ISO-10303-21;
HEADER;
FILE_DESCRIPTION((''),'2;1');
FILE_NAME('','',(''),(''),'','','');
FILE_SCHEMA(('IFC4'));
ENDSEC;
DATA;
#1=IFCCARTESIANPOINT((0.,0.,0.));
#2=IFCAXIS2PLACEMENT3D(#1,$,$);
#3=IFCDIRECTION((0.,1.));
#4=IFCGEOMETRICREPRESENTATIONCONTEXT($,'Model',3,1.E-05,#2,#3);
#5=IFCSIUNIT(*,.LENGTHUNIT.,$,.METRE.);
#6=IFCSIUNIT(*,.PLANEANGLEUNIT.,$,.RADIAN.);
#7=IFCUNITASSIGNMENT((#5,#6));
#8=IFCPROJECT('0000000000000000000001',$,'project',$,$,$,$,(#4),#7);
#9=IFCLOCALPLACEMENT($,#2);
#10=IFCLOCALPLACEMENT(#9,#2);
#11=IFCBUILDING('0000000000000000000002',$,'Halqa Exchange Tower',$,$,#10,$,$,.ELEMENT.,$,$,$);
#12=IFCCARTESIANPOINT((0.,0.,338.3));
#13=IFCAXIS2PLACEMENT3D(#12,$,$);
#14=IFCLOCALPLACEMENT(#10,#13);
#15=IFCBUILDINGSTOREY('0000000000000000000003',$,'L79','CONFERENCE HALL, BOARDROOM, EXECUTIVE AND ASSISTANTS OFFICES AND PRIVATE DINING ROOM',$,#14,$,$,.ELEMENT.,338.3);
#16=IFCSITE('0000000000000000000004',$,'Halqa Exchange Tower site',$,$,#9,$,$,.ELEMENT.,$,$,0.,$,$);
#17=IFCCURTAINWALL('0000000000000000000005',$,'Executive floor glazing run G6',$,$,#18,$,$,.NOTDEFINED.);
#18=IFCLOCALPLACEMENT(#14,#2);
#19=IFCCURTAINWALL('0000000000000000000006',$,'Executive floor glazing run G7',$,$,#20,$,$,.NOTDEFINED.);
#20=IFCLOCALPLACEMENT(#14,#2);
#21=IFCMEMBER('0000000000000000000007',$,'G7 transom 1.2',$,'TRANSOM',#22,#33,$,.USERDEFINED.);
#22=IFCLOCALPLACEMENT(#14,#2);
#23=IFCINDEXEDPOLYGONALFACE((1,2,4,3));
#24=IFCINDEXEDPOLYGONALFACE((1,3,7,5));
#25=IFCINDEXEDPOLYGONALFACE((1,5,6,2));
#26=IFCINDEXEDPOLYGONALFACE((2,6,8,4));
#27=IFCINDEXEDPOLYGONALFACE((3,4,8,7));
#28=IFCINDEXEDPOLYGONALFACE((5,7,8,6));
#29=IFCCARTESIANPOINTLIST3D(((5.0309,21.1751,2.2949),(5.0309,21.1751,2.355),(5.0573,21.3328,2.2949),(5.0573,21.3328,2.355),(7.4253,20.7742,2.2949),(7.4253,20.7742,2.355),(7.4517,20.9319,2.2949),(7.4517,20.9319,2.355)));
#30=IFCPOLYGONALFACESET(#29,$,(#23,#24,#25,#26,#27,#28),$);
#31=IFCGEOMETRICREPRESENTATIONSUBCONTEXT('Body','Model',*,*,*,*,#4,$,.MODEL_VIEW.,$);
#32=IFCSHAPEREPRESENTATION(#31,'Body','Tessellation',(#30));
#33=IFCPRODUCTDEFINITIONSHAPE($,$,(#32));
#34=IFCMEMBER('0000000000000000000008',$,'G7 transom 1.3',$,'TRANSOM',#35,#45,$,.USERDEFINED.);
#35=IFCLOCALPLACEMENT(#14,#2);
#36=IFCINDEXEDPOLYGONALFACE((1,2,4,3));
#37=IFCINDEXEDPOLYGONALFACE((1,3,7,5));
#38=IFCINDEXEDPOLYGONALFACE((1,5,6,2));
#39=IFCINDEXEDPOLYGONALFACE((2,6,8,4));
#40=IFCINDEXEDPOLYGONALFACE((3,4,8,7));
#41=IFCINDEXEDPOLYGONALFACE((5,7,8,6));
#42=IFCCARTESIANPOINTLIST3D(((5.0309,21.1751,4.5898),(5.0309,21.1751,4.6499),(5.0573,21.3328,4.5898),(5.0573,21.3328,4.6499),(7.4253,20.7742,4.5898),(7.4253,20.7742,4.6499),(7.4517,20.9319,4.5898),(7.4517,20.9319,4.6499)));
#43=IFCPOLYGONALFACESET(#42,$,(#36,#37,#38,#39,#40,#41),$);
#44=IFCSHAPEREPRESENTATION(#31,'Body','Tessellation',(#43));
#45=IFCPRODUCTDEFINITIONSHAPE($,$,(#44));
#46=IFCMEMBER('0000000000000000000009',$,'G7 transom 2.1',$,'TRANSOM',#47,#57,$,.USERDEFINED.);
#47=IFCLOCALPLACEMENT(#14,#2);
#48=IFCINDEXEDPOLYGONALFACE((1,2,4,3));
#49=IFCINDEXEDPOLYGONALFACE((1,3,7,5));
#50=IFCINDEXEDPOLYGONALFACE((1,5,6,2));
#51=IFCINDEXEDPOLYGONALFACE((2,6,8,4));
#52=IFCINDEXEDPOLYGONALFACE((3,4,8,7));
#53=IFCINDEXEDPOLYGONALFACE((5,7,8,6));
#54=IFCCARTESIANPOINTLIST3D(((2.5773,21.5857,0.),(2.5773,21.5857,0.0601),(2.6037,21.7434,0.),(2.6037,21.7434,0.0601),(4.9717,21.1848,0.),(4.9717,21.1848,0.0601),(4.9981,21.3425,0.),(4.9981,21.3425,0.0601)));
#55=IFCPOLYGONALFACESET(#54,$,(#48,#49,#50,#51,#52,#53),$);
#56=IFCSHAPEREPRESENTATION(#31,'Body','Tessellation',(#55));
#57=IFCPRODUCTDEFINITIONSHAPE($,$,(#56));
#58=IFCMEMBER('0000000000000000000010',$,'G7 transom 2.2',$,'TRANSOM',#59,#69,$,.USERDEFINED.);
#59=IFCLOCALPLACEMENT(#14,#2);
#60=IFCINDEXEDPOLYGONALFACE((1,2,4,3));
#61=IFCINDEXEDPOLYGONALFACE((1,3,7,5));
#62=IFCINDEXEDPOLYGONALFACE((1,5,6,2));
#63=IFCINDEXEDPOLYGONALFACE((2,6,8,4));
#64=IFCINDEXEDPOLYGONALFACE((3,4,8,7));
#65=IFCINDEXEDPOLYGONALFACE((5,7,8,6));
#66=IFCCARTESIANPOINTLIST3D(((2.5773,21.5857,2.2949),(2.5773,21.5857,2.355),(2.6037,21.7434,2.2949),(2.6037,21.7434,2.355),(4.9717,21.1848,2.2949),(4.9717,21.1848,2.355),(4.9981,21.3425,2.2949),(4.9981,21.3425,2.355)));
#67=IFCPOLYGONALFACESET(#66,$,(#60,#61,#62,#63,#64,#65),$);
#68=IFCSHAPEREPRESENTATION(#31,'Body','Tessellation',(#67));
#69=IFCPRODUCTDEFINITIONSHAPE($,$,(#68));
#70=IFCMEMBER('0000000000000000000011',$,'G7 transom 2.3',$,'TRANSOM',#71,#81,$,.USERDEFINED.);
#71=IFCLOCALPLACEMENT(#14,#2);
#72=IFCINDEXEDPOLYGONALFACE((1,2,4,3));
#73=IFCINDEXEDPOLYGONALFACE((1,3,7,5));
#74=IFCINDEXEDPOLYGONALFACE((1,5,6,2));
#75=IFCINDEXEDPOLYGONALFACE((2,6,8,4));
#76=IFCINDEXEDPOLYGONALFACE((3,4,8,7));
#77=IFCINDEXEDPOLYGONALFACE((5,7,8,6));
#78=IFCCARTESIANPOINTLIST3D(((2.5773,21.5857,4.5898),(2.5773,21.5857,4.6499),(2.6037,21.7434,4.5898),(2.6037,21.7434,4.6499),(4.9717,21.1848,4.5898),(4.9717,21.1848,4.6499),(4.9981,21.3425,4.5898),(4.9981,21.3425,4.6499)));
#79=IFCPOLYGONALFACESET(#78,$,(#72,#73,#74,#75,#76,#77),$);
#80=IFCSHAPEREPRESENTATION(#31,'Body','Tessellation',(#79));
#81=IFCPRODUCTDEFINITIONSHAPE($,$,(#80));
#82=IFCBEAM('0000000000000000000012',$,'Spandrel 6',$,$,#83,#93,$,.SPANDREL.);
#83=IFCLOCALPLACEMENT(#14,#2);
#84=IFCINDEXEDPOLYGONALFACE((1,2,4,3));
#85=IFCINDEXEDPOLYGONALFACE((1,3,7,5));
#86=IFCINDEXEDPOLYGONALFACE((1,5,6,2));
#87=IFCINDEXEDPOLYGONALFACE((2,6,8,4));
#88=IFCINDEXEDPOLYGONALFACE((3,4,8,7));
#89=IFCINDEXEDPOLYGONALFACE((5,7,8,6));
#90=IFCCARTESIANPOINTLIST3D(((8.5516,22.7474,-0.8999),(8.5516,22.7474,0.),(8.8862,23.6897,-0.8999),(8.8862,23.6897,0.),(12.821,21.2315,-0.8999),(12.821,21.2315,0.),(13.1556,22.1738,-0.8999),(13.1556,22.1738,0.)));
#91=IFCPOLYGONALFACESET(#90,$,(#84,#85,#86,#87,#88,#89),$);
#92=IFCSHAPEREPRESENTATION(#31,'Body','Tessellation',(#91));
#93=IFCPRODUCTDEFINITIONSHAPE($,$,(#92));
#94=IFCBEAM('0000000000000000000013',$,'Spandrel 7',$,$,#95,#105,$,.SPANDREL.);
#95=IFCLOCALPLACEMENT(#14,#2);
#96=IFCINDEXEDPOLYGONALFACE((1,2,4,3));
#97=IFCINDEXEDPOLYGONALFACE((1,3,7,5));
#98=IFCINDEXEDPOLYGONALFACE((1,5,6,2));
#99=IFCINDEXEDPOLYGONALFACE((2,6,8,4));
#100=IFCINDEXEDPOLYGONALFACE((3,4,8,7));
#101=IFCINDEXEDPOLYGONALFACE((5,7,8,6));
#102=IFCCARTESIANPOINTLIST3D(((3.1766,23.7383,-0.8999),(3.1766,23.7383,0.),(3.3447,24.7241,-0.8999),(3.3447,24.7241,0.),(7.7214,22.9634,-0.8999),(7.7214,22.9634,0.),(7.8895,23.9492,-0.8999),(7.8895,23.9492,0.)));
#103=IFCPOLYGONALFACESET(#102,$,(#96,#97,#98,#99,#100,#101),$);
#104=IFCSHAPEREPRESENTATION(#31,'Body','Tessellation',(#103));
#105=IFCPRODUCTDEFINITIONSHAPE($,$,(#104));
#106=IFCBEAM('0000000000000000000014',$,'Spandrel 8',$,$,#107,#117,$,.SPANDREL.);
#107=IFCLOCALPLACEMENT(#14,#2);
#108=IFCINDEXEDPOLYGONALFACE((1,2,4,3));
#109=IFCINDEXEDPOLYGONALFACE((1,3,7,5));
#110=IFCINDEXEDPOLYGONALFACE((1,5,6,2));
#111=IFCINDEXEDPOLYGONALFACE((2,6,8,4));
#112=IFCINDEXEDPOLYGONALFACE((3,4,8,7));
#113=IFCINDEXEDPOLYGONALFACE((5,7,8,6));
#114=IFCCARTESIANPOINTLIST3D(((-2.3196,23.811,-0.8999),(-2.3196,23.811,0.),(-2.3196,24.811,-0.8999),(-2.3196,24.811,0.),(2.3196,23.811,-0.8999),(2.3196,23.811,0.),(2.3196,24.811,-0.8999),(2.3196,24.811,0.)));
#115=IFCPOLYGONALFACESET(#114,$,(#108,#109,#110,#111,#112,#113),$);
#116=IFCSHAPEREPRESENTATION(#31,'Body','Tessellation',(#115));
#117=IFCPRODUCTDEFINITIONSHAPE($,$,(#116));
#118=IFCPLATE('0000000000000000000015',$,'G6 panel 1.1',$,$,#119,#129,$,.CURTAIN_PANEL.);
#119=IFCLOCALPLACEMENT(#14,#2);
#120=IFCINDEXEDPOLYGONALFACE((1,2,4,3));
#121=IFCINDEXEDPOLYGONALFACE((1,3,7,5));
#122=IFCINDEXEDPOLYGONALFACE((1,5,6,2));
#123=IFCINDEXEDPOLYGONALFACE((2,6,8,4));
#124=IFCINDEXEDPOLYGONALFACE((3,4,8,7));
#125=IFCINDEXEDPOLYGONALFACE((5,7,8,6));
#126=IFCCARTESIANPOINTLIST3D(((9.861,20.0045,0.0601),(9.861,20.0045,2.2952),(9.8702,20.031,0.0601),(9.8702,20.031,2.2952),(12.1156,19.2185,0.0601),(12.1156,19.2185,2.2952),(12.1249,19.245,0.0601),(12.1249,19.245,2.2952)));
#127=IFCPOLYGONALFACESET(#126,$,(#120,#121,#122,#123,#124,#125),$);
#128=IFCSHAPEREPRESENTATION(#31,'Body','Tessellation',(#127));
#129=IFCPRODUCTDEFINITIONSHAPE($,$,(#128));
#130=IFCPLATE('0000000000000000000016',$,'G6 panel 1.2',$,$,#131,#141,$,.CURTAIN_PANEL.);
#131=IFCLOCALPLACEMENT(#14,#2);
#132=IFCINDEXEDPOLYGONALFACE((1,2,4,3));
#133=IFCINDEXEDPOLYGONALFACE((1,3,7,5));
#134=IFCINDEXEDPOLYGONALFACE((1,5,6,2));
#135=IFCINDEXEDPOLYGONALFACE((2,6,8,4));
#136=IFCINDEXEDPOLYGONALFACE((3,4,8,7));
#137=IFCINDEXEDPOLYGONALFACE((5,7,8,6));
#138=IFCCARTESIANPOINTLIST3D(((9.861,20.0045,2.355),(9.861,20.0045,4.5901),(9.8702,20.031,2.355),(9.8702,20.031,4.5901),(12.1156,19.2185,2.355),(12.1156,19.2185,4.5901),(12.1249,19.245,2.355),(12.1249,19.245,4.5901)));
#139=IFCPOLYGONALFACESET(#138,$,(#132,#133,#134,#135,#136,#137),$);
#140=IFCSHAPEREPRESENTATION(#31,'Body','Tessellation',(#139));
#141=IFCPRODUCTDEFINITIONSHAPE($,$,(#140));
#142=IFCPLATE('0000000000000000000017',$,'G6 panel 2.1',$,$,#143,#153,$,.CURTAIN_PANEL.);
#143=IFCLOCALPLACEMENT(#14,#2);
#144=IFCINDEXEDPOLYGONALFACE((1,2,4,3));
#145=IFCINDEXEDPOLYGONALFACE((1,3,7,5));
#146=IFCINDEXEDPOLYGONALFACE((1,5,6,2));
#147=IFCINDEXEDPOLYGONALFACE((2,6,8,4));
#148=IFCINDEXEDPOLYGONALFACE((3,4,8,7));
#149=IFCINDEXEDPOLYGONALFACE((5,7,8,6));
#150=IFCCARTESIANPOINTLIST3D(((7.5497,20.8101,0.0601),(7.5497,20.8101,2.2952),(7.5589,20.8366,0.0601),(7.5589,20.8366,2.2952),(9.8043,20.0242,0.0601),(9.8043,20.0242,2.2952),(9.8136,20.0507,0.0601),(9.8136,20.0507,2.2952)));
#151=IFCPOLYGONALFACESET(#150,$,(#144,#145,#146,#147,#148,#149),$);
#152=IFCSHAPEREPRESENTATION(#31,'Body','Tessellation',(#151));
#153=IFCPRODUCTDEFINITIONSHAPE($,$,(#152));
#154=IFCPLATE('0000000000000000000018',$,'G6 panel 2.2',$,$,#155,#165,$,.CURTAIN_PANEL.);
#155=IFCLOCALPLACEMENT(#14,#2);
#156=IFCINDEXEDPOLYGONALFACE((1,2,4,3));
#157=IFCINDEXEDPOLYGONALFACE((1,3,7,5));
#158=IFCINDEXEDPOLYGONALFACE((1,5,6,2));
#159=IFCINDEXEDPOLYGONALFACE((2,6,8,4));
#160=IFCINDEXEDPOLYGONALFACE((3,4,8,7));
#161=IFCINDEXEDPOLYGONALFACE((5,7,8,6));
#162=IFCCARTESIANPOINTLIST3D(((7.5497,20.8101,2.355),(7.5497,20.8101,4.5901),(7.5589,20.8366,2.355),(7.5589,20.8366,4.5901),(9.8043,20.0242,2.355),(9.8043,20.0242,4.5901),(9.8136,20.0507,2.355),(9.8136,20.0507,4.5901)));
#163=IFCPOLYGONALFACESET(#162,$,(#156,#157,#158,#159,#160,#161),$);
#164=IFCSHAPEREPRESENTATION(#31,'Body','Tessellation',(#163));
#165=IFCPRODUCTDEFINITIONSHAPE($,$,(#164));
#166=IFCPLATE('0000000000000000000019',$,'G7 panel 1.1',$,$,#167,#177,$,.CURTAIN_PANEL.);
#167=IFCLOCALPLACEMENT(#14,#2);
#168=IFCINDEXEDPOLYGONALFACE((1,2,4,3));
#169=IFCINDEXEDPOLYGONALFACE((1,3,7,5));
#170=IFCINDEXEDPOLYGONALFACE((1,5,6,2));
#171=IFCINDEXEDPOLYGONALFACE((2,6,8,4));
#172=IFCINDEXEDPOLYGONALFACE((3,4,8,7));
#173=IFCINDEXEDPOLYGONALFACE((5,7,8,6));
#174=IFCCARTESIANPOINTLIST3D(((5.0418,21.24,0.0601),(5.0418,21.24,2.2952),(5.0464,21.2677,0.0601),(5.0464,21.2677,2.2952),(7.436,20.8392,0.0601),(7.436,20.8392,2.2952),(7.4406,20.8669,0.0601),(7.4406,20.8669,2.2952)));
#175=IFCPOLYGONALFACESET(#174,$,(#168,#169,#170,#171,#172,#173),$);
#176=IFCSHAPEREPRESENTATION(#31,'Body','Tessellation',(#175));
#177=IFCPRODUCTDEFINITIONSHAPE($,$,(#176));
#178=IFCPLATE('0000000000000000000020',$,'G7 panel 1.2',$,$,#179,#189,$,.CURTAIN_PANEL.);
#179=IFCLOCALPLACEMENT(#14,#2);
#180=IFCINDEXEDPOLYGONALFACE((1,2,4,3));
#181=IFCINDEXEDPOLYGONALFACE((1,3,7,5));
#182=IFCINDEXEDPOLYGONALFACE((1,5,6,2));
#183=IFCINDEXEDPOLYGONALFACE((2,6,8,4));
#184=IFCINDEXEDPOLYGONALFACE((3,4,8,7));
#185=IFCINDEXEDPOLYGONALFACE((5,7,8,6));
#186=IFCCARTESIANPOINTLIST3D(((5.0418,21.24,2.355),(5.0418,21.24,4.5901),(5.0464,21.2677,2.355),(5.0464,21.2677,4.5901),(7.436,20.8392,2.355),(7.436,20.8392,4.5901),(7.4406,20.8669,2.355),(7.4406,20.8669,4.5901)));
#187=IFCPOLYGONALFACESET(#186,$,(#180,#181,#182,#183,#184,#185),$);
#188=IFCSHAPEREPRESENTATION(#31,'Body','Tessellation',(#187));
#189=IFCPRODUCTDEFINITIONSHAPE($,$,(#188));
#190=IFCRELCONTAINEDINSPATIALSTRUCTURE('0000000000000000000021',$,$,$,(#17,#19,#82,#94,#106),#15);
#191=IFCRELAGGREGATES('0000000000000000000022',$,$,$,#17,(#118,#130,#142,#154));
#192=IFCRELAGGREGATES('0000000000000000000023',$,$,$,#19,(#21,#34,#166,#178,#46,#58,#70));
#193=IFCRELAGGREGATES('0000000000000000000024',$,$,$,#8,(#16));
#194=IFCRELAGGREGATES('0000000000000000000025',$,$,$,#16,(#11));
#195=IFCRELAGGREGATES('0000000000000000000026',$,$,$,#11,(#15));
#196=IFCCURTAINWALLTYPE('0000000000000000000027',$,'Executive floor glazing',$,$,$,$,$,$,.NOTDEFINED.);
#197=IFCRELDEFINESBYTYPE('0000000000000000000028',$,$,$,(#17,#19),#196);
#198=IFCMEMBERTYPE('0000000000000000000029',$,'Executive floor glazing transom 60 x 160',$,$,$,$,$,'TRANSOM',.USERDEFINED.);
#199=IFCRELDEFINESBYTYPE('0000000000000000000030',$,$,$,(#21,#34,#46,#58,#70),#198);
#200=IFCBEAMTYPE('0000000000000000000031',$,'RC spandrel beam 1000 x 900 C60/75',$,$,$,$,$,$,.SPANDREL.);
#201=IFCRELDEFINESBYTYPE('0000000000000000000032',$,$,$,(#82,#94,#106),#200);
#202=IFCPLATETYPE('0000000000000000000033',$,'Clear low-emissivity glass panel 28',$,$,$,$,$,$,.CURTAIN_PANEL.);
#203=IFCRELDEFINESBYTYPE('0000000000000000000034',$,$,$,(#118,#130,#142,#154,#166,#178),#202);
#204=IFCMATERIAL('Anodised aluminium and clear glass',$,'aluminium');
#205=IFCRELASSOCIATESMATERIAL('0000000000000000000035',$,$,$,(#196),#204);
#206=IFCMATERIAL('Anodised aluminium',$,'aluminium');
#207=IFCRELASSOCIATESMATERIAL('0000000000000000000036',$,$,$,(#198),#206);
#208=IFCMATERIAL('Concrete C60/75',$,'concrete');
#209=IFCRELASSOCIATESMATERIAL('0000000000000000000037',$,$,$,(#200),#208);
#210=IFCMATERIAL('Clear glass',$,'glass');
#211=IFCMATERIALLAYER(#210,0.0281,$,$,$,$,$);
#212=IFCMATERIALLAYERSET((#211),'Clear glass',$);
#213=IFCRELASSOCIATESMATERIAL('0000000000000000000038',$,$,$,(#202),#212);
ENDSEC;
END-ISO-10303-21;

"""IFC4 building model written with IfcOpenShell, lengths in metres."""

from ifc_helpers import new_model, si_unit, direction, frame, origin, origin_2d, place, context, subcontext, project, spatial, rectangle, extrude, material, layer, layer_set, material_profile, profile_set, type_object, element, aggregate, save


model = new_model("IFC4")

# Units and contexts
model_context = context("Model", 3, precision=1e-05, world=origin(), true_north=direction((0.0, 1.0)))
body_context = subcontext(model_context, "Body", "Model", "MODEL_VIEW")
ifc_project = project(units=[si_unit("LENGTHUNIT", "METRE"), si_unit("PLANEANGLEUNIT", "RADIAN")], contexts=[model_context])

# Site, building, storey
site_placement = place(None, origin())
site = spatial("IfcSite", under=ifc_project, at=site_placement, Name="Halqa Exchange Tower site", CompositionType="ELEMENT", RefElevation=0.0)
building_placement = place(site_placement, origin())
building = spatial("IfcBuilding", under=site, at=building_placement, Name="Halqa Exchange Tower", CompositionType="ELEMENT")
storey_placement = place(building_placement, frame((0.0, 0.0, 338.3)))
storey = spatial("IfcBuildingStorey", under=building, at=storey_placement, Name="L79", Description="CONFERENCE HALL, BOARDROOM, EXECUTIVE AND ASSISTANTS OFFICES AND PRIVATE DINING ROOM", CompositionType="ELEMENT", Elevation=338.3)

# Curtain walls
ifc_material_1 = material(Name="Anodised aluminium and clear glass", Category="aluminium")
curtain_wall_type = type_object("IfcCurtainWallType", Name="Executive floor glazing", PredefinedType="NOTDEFINED", material=ifc_material_1)
curtain_wall_1_placement = place(storey_placement, origin())
curtain_wall_1 = element("IfcCurtainWall", 1, at=curtain_wall_1_placement, inside=storey, type_object=curtain_wall_type, Name="Executive floor glazing run G6", PredefinedType="NOTDEFINED")
ifc_material_2 = material(Name="Anodised aluminium", Category="aluminium")
curtain_wall_2_placement = place(storey_placement, origin())
curtain_wall_2 = element("IfcCurtainWall", 2, at=curtain_wall_2_placement, inside=storey, type_object=curtain_wall_type, Name="Executive floor glazing run G7", PredefinedType="NOTDEFINED")

# Members
ifc_material_profile_1 = material_profile(ifc_material_2, rectangle(XDim=0.1599, YDim=0.0601, at=origin_2d()), Name="AL 60x160")
ifc_profile_set_1 = profile_set([ifc_material_profile_1], Name="Anodised aluminium")
member_type_1 = type_object("IfcMemberType", Name="Executive floor glazing transom 60 x 160", ElementType="TRANSOM", PredefinedType="USERDEFINED", material=ifc_profile_set_1)
member_1_placement = place(storey_placement, frame((7.4385, 20.853, 2.325), z_axis=(-0.986271, 0.165133, 0.0), x_axis=(-0.165133, -0.986271, 0.0)))
member_1 = element("IfcMember", 3, at=member_1_placement, type_object=member_type_1, Name="G7 transom 1.2", ObjectType="TRANSOM", PredefinedType="USERDEFINED", context=body_context, shape_type="SweptSolid", body=[
    extrude(rectangle(XDim=0.1599, YDim=0.0601, at=origin_2d()), origin(), (0.0, 0.0, 1.0), 2.4277),
])
member_2_placement = place(storey_placement, frame((7.4385, 20.853, 4.6199), z_axis=(-0.986271, 0.165133, 0.0), x_axis=(-0.165133, -0.986271, 0.0)))
member_2 = element("IfcMember", 4, at=member_2_placement, type_object=member_type_1, Name="G7 transom 1.3", ObjectType="TRANSOM", PredefinedType="USERDEFINED", context=body_context, shape_type="SweptSolid", body=[
    extrude(rectangle(XDim=0.1599, YDim=0.0601, at=origin_2d()), origin(), (0.0, 0.0, 1.0), 2.4277),
])
member_3_placement = place(storey_placement, frame((4.9849, 21.2637, 0.03), z_axis=(-0.986271, 0.165133, 0.0), x_axis=(-0.165133, -0.986271, 0.0)))
member_3 = element("IfcMember", 5, at=member_3_placement, type_object=member_type_1, Name="G7 transom 2.1", ObjectType="TRANSOM", PredefinedType="USERDEFINED", context=body_context, shape_type="SweptSolid", body=[
    extrude(rectangle(XDim=0.1599, YDim=0.0601, at=origin_2d()), origin(), (0.0, 0.0, 1.0), 2.4277),
])
member_4_placement = place(storey_placement, frame((4.9849, 21.2637, 2.325), z_axis=(-0.986271, 0.165133, 0.0), x_axis=(-0.165133, -0.986271, 0.0)))
member_4 = element("IfcMember", 6, at=member_4_placement, type_object=member_type_1, Name="G7 transom 2.2", ObjectType="TRANSOM", PredefinedType="USERDEFINED", context=body_context, shape_type="SweptSolid", body=[
    extrude(rectangle(XDim=0.1599, YDim=0.0601, at=origin_2d()), origin(), (0.0, 0.0, 1.0), 2.4277),
])
member_5_placement = place(storey_placement, frame((4.9849, 21.2637, 4.6199), z_axis=(-0.986271, 0.165133, 0.0), x_axis=(-0.165133, -0.986271, 0.0)))
member_5 = element("IfcMember", 7, at=member_5_placement, type_object=member_type_1, Name="G7 transom 2.3", ObjectType="TRANSOM", PredefinedType="USERDEFINED", context=body_context, shape_type="SweptSolid", body=[
    extrude(rectangle(XDim=0.1599, YDim=0.0601, at=origin_2d()), origin(), (0.0, 0.0, 1.0), 2.4277),
])

# Beams
ifc_material_3 = material(Name="Concrete C60/75", Category="concrete")
ifc_material_profile_2 = material_profile(ifc_material_3, rectangle(XDim=1.0, YDim=0.8999, at=origin_2d()), Name="1000 x 900")
ifc_profile_set_2 = profile_set([ifc_material_profile_2], Name="Concrete C60/75")
beam_type = type_object("IfcBeamType", Name="RC spandrel beam 1000 x 900 C60/75", PredefinedType="SPANDREL", material=ifc_profile_set_2)
beam_1_placement = place(storey_placement, frame((12.9883, 21.7026, -0.45), z_axis=(-0.942361, 0.334598, 0.0), x_axis=(-0.334598, -0.942361, 0.0)))
element("IfcBeam", 8, at=beam_1_placement, inside=storey, type_object=beam_type, Name="Spandrel 6", PredefinedType="SPANDREL", context=body_context, shape_type="SweptSolid", body=[
    extrude(rectangle(XDim=1.0, YDim=0.8999, at=origin_2d()), origin(), (0.0, 0.0, 1.0), 4.5305),
])
beam_2_placement = place(storey_placement, frame((7.8054, 23.4563, -0.45), z_axis=(-0.985773, 0.168082, 0.0), x_axis=(-0.168082, -0.985773, 0.0)))
element("IfcBeam", 9, at=beam_2_placement, inside=storey, type_object=beam_type, Name="Spandrel 7", PredefinedType="SPANDREL", context=body_context, shape_type="SweptSolid", body=[
    extrude(rectangle(XDim=1.0, YDim=0.8999, at=origin_2d()), origin(), (0.0, 0.0, 1.0), 4.6104),
])
beam_3_placement = place(storey_placement, frame((2.3196, 24.311, -0.45), z_axis=(-1.0, 0.0, 0.0), x_axis=(0.0, -1.0, 0.0)))
element("IfcBeam", 10, at=beam_3_placement, inside=storey, type_object=beam_type, Name="Spandrel 8", PredefinedType="SPANDREL", context=body_context, shape_type="SweptSolid", body=[
    extrude(rectangle(XDim=1.0, YDim=0.8999, at=origin_2d()), origin(), (0.0, 0.0, 1.0), 4.6392),
])

# Plates
ifc_material_4 = material(Name="Clear glass", Category="glass")
ifc_layer_1 = layer(ifc_material_4, 0.0281)
ifc_layer_set_1 = layer_set([ifc_layer_1], Name="Clear glass")
plate_type = type_object("IfcPlateType", Name="Clear low-emissivity glass panel 28", PredefinedType="CURTAIN_PANEL", material=ifc_layer_set_1)
plate_1_placement = place(storey_placement, frame((10.9929, 19.6248, 0.0601), z_axis=(0.0, 0.0, 1.0), x_axis=(-0.944274, 0.32916, 0.0)))
plate_1 = element("IfcPlate", 11, at=plate_1_placement, type_object=plate_type, Name="G6 panel 1.1", PredefinedType="CURTAIN_PANEL", context=body_context, shape_type="SweptSolid", body=[
    extrude(rectangle(XDim=2.3877, YDim=0.0281, at=origin_2d()), origin(), (0.0, 0.0, 1.0), 2.2351),
])
plate_2_placement = place(storey_placement, frame((10.9929, 19.6248, 2.355), z_axis=(0.0, 0.0, 1.0), x_axis=(-0.944274, 0.32916, 0.0)))
plate_2 = element("IfcPlate", 12, at=plate_2_placement, type_object=plate_type, Name="G6 panel 1.2", PredefinedType="CURTAIN_PANEL", context=body_context, shape_type="SweptSolid", body=[
    extrude(rectangle(XDim=2.3877, YDim=0.0281, at=origin_2d()), origin(), (0.0, 0.0, 1.0), 2.2351),
])
plate_3_placement = place(storey_placement, frame((8.6816, 20.4304, 0.0601), z_axis=(0.0, 0.0, 1.0), x_axis=(-0.944274, 0.32916, 0.0)))
plate_3 = element("IfcPlate", 13, at=plate_3_placement, type_object=plate_type, Name="G6 panel 2.1", PredefinedType="CURTAIN_PANEL", context=body_context, shape_type="SweptSolid", body=[
    extrude(rectangle(XDim=2.3877, YDim=0.0281, at=origin_2d()), origin(), (0.0, 0.0, 1.0), 2.2351),
])
plate_4_placement = place(storey_placement, frame((8.6816, 20.4304, 2.355), z_axis=(0.0, 0.0, 1.0), x_axis=(-0.944274, 0.32916, 0.0)))
plate_4 = element("IfcPlate", 14, at=plate_4_placement, type_object=plate_type, Name="G6 panel 2.2", PredefinedType="CURTAIN_PANEL", context=body_context, shape_type="SweptSolid", body=[
    extrude(rectangle(XDim=2.3877, YDim=0.0281, at=origin_2d()), origin(), (0.0, 0.0, 1.0), 2.2351),
])
aggregate(curtain_wall_1, [plate_1, plate_2, plate_3, plate_4])
plate_5_placement = place(storey_placement, frame((6.2412, 21.0535, 0.0601), z_axis=(0.0, 0.0, 1.0), x_axis=(-0.986274, 0.165117, 0.0)))
plate_5 = element("IfcPlate", 15, at=plate_5_placement, type_object=plate_type, Name="G7 panel 1.1", PredefinedType="CURTAIN_PANEL", context=body_context, shape_type="SweptSolid", body=[
    extrude(rectangle(XDim=2.4275, YDim=0.0281, at=origin_2d()), origin(), (0.0, 0.0, 1.0), 2.2351),
])
plate_6_placement = place(storey_placement, frame((6.2412, 21.0535, 2.355), z_axis=(0.0, 0.0, 1.0), x_axis=(-0.986274, 0.165117, 0.0)))
plate_6 = element("IfcPlate", 16, at=plate_6_placement, type_object=plate_type, Name="G7 panel 1.2", PredefinedType="CURTAIN_PANEL", context=body_context, shape_type="SweptSolid", body=[
    extrude(rectangle(XDim=2.4275, YDim=0.0281, at=origin_2d()), origin(), (0.0, 0.0, 1.0), 2.2351),
])
aggregate(curtain_wall_2, [member_1, member_2, plate_5, plate_6, member_3, member_4, member_5])

save(model, "model.ifc")
